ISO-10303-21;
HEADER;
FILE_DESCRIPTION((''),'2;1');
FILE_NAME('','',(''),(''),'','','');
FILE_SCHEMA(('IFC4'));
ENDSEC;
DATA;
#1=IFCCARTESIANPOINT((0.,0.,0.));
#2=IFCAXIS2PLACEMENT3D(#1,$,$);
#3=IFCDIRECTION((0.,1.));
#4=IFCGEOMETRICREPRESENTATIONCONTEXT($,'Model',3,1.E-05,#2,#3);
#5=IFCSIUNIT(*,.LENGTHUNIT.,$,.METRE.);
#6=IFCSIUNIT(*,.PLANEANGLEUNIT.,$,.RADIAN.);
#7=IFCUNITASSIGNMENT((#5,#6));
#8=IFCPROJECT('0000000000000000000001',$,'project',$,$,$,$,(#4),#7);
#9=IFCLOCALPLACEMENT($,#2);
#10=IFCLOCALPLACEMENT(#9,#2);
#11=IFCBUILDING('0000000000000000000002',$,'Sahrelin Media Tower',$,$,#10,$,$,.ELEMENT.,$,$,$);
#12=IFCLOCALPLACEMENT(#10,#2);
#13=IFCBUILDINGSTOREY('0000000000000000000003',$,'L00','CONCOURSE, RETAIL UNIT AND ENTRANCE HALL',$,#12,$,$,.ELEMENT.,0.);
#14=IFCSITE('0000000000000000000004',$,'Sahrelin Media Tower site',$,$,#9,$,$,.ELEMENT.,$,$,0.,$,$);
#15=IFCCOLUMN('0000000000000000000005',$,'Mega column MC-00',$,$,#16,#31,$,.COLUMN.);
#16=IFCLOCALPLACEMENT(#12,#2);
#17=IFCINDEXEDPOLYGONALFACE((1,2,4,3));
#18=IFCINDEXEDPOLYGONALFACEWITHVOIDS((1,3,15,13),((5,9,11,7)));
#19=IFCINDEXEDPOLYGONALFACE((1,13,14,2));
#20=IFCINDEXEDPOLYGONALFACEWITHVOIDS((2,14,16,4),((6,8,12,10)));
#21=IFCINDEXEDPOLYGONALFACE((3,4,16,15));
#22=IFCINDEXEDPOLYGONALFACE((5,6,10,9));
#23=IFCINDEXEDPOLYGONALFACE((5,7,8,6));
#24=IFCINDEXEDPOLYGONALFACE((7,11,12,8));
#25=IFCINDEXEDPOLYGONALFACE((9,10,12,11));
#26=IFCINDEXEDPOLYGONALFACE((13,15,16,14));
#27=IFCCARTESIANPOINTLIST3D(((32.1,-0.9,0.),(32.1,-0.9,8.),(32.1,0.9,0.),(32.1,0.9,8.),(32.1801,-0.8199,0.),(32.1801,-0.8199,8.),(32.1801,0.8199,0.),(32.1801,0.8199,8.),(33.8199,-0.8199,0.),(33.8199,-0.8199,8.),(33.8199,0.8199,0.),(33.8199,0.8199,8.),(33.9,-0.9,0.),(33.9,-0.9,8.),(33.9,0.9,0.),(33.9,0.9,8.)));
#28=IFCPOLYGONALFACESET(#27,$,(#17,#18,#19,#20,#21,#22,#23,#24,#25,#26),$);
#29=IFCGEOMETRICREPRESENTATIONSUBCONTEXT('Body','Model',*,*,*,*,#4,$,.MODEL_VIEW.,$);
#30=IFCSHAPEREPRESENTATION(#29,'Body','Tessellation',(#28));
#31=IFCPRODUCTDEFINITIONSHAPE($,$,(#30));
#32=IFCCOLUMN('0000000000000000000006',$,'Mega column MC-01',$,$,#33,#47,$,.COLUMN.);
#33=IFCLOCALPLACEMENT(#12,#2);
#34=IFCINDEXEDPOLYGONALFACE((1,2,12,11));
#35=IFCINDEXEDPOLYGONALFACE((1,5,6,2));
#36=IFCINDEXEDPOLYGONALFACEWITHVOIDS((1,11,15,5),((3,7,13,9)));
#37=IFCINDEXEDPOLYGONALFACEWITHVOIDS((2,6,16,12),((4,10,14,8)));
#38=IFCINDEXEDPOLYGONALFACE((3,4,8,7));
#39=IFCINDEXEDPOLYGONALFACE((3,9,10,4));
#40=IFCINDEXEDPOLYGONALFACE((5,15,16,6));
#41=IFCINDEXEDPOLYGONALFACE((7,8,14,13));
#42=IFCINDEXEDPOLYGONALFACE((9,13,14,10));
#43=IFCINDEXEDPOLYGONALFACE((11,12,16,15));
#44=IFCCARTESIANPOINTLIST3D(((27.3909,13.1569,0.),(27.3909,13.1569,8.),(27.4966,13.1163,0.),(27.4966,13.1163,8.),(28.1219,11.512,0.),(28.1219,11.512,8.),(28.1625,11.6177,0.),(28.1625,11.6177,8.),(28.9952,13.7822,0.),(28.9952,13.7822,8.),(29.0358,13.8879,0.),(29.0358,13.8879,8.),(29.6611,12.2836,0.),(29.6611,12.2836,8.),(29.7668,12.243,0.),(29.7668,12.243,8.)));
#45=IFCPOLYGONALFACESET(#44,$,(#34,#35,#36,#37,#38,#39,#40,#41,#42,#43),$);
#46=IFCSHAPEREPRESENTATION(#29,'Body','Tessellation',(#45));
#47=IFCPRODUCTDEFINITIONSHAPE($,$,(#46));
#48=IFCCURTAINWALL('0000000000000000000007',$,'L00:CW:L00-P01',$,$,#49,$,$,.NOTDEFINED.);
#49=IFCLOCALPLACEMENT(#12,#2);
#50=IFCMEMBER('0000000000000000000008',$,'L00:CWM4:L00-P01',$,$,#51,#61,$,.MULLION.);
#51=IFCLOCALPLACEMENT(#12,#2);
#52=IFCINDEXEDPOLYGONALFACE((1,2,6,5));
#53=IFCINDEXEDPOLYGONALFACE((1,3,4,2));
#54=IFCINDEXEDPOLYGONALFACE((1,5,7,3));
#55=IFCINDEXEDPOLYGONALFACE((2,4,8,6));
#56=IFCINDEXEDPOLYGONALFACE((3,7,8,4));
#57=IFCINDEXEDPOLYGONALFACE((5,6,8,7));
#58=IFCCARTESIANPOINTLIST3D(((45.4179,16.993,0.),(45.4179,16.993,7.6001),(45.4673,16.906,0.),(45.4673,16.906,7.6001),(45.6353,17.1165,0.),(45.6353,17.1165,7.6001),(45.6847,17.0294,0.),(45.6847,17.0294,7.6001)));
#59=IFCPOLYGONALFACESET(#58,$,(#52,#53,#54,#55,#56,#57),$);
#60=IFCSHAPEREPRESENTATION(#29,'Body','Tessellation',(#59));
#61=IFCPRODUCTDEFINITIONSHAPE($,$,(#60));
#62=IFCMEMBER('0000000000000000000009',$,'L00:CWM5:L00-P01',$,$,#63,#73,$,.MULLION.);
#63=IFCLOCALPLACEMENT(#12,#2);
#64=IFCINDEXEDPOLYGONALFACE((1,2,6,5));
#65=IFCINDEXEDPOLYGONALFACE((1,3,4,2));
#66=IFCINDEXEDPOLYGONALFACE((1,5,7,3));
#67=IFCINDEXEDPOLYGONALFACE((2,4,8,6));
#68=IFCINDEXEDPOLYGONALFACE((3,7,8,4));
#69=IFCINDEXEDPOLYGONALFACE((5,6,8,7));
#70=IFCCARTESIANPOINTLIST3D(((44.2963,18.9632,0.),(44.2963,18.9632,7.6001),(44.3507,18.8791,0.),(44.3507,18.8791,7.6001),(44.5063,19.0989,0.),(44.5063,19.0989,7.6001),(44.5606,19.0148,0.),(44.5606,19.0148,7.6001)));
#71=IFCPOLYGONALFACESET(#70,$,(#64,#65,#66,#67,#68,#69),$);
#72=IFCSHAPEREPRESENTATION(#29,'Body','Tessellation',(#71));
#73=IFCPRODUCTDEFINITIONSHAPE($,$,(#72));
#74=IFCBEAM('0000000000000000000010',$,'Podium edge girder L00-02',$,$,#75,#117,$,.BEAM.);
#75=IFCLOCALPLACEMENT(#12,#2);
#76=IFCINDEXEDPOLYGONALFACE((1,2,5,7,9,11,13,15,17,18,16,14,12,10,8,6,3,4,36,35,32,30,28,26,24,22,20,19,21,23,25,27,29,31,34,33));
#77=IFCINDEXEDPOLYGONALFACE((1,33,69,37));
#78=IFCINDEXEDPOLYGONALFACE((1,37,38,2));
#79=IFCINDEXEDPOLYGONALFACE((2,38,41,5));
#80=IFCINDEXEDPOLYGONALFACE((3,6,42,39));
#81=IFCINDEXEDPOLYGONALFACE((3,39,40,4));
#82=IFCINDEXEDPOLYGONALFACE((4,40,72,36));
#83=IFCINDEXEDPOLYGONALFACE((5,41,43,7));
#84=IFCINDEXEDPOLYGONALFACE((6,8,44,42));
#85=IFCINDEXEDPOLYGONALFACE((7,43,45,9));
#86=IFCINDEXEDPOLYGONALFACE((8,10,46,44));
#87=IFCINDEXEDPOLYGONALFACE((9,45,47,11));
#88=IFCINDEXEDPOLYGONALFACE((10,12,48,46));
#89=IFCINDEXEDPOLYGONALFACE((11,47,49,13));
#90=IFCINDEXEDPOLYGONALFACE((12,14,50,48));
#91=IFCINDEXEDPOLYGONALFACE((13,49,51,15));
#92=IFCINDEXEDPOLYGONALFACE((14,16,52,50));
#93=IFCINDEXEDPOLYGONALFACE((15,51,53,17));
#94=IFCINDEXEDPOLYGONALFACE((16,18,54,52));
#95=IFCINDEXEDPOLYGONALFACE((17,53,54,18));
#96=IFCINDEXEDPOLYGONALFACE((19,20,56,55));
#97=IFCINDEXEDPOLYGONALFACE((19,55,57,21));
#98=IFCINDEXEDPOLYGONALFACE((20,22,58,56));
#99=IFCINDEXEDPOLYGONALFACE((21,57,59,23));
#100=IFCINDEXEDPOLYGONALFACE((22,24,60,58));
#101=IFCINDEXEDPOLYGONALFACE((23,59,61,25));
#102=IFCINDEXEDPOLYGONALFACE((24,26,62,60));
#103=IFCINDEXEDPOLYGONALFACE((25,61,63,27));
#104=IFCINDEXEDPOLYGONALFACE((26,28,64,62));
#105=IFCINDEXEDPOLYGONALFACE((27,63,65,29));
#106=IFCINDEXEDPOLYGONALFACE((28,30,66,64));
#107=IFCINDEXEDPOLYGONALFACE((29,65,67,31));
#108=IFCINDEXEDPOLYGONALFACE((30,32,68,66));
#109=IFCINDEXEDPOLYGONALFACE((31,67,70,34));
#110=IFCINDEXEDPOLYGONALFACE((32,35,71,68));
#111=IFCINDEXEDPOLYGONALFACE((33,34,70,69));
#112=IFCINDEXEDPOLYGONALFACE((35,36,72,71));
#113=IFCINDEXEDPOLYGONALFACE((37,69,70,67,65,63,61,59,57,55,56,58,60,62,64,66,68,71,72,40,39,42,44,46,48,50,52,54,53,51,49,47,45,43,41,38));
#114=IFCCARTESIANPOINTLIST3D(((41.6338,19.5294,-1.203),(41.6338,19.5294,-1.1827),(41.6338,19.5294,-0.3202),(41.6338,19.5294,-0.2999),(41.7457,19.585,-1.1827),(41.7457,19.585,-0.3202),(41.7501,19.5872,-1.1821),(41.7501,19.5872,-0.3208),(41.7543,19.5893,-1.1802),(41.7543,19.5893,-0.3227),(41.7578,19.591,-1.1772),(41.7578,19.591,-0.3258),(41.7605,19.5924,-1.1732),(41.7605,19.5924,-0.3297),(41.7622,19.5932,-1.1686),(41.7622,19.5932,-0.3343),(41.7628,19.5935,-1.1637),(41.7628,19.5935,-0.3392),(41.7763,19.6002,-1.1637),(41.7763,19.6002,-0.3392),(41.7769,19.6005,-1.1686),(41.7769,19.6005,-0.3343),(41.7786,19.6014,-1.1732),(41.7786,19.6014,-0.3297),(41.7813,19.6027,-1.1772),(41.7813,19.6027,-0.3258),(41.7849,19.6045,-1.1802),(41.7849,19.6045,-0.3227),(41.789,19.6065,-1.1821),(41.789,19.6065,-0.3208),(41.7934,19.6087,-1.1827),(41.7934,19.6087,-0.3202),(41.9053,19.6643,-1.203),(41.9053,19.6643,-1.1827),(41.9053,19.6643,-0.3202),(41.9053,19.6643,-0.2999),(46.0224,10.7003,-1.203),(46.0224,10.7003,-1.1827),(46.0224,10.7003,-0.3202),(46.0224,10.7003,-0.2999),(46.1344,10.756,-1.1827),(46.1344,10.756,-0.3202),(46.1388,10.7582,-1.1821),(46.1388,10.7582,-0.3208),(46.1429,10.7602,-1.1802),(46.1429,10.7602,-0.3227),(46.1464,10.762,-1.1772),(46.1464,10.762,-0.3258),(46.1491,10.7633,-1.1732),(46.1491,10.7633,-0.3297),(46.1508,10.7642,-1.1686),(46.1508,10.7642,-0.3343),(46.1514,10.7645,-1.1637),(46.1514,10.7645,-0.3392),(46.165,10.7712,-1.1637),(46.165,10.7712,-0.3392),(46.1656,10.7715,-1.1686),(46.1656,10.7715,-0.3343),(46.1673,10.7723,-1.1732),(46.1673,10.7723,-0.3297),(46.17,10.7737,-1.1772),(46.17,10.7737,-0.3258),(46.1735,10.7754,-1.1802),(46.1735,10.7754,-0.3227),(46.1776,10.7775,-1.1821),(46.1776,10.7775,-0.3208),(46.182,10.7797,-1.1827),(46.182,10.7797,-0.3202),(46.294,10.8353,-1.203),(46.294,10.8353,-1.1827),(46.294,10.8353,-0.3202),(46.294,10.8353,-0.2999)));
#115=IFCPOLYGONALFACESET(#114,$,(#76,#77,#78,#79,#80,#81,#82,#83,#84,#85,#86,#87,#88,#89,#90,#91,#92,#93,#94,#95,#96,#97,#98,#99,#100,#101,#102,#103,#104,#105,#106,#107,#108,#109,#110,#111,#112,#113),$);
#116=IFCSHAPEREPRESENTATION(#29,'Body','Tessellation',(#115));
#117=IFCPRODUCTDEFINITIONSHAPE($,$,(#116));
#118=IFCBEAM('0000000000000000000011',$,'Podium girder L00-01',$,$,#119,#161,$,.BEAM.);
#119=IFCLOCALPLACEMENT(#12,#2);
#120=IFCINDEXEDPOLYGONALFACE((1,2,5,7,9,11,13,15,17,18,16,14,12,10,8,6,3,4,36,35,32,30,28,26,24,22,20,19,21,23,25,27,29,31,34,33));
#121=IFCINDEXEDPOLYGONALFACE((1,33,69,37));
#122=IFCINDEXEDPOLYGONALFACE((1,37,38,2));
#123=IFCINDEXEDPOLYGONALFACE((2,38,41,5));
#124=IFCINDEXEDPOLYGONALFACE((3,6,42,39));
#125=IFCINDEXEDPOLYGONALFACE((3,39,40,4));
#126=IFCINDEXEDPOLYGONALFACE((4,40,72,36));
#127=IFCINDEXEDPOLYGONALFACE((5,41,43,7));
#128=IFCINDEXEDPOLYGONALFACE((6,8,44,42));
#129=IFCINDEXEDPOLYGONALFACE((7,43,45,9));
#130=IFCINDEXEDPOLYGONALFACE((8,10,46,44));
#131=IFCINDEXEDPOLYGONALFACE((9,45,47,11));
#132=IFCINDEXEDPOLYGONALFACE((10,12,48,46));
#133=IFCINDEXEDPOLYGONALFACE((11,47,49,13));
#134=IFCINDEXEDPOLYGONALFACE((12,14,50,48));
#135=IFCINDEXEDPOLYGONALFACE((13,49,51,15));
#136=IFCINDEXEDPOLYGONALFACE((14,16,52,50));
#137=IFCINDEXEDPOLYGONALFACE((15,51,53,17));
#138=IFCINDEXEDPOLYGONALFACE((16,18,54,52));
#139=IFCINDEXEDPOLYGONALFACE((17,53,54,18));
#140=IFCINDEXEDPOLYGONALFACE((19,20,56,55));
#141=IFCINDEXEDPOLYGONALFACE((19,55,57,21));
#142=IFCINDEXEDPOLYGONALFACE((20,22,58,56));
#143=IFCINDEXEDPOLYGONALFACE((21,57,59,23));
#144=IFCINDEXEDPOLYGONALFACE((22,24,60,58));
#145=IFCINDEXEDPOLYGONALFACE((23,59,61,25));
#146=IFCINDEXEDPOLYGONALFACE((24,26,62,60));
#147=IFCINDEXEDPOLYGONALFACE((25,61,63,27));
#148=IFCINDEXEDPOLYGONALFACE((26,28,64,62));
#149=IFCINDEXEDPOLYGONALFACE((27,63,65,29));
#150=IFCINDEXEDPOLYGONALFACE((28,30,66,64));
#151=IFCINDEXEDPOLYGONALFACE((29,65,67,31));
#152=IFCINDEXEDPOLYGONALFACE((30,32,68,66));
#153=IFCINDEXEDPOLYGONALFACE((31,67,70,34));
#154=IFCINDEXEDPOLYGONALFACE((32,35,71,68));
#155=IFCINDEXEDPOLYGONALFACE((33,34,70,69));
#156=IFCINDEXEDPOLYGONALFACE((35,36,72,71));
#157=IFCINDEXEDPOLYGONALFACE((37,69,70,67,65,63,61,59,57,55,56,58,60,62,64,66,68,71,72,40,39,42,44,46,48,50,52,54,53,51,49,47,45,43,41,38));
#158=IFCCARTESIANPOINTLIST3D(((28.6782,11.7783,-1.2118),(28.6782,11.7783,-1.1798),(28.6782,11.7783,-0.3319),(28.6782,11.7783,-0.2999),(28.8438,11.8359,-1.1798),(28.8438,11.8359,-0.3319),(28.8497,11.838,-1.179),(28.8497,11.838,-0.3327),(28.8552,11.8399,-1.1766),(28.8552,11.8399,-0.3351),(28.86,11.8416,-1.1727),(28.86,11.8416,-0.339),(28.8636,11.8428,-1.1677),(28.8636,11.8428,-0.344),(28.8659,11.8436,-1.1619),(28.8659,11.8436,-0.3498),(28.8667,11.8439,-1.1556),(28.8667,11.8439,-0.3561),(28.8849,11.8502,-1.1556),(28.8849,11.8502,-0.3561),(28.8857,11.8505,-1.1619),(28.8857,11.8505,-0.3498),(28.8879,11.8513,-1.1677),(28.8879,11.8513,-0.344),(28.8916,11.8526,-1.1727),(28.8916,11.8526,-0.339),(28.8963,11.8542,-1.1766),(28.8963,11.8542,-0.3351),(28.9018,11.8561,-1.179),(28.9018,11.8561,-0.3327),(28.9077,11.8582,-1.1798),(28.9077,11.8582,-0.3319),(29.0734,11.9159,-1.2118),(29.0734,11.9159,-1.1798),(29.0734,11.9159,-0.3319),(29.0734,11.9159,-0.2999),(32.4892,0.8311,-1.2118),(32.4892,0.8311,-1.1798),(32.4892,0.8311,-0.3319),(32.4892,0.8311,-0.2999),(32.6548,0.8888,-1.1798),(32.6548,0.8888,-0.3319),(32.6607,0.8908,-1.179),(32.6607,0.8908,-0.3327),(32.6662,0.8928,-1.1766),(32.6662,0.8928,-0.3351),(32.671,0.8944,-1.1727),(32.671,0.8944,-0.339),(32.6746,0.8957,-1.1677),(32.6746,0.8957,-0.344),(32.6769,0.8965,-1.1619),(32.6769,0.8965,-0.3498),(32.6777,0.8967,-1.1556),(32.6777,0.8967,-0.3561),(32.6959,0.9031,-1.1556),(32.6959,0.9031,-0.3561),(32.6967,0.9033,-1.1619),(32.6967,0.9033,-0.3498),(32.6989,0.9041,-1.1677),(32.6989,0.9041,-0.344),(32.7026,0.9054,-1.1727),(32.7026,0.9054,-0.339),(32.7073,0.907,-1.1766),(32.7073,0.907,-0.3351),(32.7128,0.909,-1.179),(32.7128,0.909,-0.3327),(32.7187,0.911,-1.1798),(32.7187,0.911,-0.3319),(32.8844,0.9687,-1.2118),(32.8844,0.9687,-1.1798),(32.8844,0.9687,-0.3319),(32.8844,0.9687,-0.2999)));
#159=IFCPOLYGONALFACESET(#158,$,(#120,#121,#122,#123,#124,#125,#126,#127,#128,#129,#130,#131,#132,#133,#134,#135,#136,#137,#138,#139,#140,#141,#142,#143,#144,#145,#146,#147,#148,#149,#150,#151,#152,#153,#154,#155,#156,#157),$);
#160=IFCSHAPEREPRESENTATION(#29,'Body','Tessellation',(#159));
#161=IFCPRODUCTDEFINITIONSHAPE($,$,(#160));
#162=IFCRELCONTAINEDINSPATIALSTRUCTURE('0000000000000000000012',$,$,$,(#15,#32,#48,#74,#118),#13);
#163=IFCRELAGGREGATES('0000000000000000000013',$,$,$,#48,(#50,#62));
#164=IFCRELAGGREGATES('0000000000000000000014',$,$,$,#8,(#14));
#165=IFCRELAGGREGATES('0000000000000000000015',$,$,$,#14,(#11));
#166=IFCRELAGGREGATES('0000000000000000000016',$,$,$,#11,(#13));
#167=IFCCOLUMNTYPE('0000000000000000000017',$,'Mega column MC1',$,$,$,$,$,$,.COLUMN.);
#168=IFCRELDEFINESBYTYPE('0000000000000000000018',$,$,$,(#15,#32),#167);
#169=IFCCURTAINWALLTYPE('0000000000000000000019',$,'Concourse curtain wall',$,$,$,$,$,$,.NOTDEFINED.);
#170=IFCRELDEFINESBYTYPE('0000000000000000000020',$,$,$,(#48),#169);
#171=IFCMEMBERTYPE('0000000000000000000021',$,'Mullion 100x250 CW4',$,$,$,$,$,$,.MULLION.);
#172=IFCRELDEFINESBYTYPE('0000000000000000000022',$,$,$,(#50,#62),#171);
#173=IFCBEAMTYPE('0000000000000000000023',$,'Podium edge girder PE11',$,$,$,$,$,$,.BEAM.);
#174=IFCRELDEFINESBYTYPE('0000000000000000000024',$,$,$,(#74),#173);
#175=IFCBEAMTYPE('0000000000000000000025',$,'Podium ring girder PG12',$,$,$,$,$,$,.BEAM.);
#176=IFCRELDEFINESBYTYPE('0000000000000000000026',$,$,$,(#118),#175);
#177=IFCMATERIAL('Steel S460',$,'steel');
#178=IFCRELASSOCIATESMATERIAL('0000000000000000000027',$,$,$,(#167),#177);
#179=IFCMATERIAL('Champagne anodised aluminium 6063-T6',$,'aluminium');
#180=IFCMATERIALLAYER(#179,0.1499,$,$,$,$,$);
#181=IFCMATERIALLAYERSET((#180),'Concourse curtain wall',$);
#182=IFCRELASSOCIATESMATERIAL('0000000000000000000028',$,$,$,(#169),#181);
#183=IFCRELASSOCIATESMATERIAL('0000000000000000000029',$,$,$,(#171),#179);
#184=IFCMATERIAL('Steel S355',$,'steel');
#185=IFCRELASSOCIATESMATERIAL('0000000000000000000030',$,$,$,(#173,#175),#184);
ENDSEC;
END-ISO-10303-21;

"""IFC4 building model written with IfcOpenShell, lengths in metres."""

from ifc_helpers import new_model, si_unit, direction, frame, origin, origin_2d, place, context, subcontext, project, spatial, rectangle, hollow_rectangle, i_section, extrude, material, layer, layer_set, material_profile, profile_set, type_object, element, aggregate, save


model = new_model("IFC4")

# Units and contexts
model_context = context("Model", 3, precision=1e-05, world=origin(), true_north=direction((0.0, 1.0)))
body_context = subcontext(model_context, "Body", "Model", "MODEL_VIEW")
ifc_project = project(units=[si_unit("LENGTHUNIT", "METRE"), si_unit("PLANEANGLEUNIT", "RADIAN")], contexts=[model_context])

# Site, building, storey
site_placement = place(None, origin())
site = spatial("IfcSite", under=ifc_project, at=site_placement, Name="Sahrelin Media Tower site", CompositionType="ELEMENT", RefElevation=0.0)
building_placement = place(site_placement, origin())
building = spatial("IfcBuilding", under=site, at=building_placement, Name="Sahrelin Media Tower", CompositionType="ELEMENT")
storey_placement = place(building_placement, origin())
storey = spatial("IfcBuildingStorey", under=building, at=storey_placement, Name="L00", Description="CONCOURSE, RETAIL UNIT AND ENTRANCE HALL", CompositionType="ELEMENT", Elevation=0.0)

# Columns
ifc_material_1 = material(Name="Steel S460", Category="steel")
ifc_material_profile_1 = material_profile(ifc_material_1, hollow_rectangle(XDim=1.8, YDim=1.8, WallThickness=0.0801, at=origin_2d()), Name="Mega column MC1")
ifc_profile_set_1 = profile_set([ifc_material_profile_1], Name="Steel S460")
column_type = type_object("IfcColumnType", Name="Mega column MC1", PredefinedType="COLUMN", material=ifc_profile_set_1)
for number, where, z_axis, x_axis, name in (
    (1, (33.0, 0.0, 0.0), (0.0, 0.0, 1.0), (1.0, 0.0, 0.0), "Mega column MC-00"),
    (2, (28.5789, 12.7, 0.0), (0.0, 0.0, 1.0), (0.913831, 0.406094, 0.0), "Mega column MC-01"),
):
    element("IfcColumn", number, at=place(storey_placement, frame(where, z_axis=z_axis, x_axis=x_axis)), inside=storey, type_object=column_type, Name=name, PredefinedType="COLUMN", context=body_context, shape_type="SweptSolid", body=[
        extrude(hollow_rectangle(XDim=1.8, YDim=1.8, WallThickness=0.0801, at=origin_2d()), origin(), (0.0, 0.0, 1.0), 8.0),
    ])

# Curtain wall, members
ifc_material_2 = material(Name="Champagne anodised aluminium 6063-T6", Category="aluminium")
ifc_layer_1 = layer(ifc_material_2, 0.1499)
ifc_layer_set_1 = layer_set([ifc_layer_1], Name="Concourse curtain wall")
curtain_wall_type = type_object("IfcCurtainWallType", Name="Concourse curtain wall", PredefinedType="NOTDEFINED", material=ifc_layer_set_1)
curtain_wall_placement = place(storey_placement, frame((48.2964, 10.8704, 0.0), z_axis=(0.0, 0.0, 1.0), x_axis=(1.0, 0.0, 0.0)))
curtain_wall = element("IfcCurtainWall", 3, at=curtain_wall_placement, inside=storey, type_object=curtain_wall_type, Name="L00:CW:L00-P01", PredefinedType="NOTDEFINED")
ifc_material_profile_2 = material_profile(ifc_material_2, rectangle(XDim=0.1001, YDim=0.25, at=origin_2d()), Name="Mullion 100x250")
ifc_profile_set_2 = profile_set([ifc_material_profile_2], Name="Champagne anodised aluminium 6063-T6")
member_type_1 = type_object("IfcMemberType", Name="Mullion 100x250 CW4", PredefinedType="MULLION", material=ifc_profile_set_2)
member_1_placement = place(storey_placement, frame((45.5513, 17.0112, 0.0), z_axis=(0.0, 0.0, 1.0), x_axis=(-0.493787, 0.869583, 0.0)))
member_1 = element("IfcMember", 4, at=member_1_placement, type_object=member_type_1, Name="L00:CWM4:L00-P01", PredefinedType="MULLION", context=body_context, shape_type="SweptSolid", body=[
    extrude(rectangle(XDim=0.1001, YDim=0.25, at=origin_2d()), origin(), (0.0, 0.0, 1.0), 7.6001),
])
member_2_placement = place(storey_placement, frame((44.4285, 18.989, 0.0), z_axis=(0.0, 0.0, 1.0), x_axis=(-0.54283, 0.839843, 0.0)))
member_2 = element("IfcMember", 5, at=member_2_placement, type_object=member_type_1, Name="L00:CWM5:L00-P01", PredefinedType="MULLION", context=body_context, shape_type="SweptSolid", body=[
    extrude(rectangle(XDim=0.1001, YDim=0.25, at=origin_2d()), origin(), (0.0, 0.0, 1.0), 7.6001),
])

# Beams
ifc_material_3 = material(Name="Steel S355", Category="steel")
ifc_material_profile_3 = material_profile(ifc_material_3, i_section(OverallWidth=0.3032, OverallDepth=0.9031, WebThickness=0.0151, FlangeThickness=0.0203, FilletRadius=0.019, at=origin_2d()), Name="UB 914x305x201")
ifc_profile_set_3 = profile_set([ifc_material_profile_3], Name="Steel S355")
beam_type_1 = type_object("IfcBeamType", Name="Podium edge girder PE11", PredefinedType="BEAM", material=ifc_profile_set_3)
beam_1_placement = place(storey_placement, frame((46.1582, 10.7678, -0.7515), z_axis=(-0.445113, 0.895475, 0.0), x_axis=(-0.895475, -0.445113, 0.0)))
element("IfcBeam", 6, at=beam_1_placement, inside=storey, type_object=beam_type_1, Name="Podium edge girder L00-02", PredefinedType="BEAM", context=body_context, shape_type="SweptSolid", body=[
    extrude(i_section(OverallWidth=0.3032, OverallDepth=0.9031, WebThickness=0.0151, FlangeThickness=0.0203, FilletRadius=0.019, at=origin_2d()), origin(), (0.0, 0.0, 1.0), 9.8596),
])
ifc_material_profile_4 = material_profile(ifc_material_3, i_section(OverallWidth=0.4185, OverallDepth=0.9119, WebThickness=0.0193, FlangeThickness=0.032, FilletRadius=0.0242, at=origin_2d()), Name="UB 914x419x343")
ifc_profile_set_4 = profile_set([ifc_material_profile_4], Name="Steel S355")
beam_type_2 = type_object("IfcBeamType", Name="Podium ring girder PG12", PredefinedType="BEAM", material=ifc_profile_set_4)
beam_2_placement = place(storey_placement, frame((32.6868, 0.8999, -0.7559), z_axis=(-0.328774, 0.944409, 0.0), x_axis=(-0.944409, -0.328774, 0.0)))
element("IfcBeam", 7, at=beam_2_placement, inside=storey, type_object=beam_type_2, Name="Podium girder L00-01", PredefinedType="BEAM", context=body_context, shape_type="SweptSolid", body=[
    extrude(i_section(OverallWidth=0.4185, OverallDepth=0.9119, WebThickness=0.0193, FlangeThickness=0.032, FilletRadius=0.0242, at=origin_2d()), origin(), (0.0, 0.0, 1.0), 11.5916),
])

aggregate(curtain_wall, [member_1, member_2])

save(model, "model.ifc")
